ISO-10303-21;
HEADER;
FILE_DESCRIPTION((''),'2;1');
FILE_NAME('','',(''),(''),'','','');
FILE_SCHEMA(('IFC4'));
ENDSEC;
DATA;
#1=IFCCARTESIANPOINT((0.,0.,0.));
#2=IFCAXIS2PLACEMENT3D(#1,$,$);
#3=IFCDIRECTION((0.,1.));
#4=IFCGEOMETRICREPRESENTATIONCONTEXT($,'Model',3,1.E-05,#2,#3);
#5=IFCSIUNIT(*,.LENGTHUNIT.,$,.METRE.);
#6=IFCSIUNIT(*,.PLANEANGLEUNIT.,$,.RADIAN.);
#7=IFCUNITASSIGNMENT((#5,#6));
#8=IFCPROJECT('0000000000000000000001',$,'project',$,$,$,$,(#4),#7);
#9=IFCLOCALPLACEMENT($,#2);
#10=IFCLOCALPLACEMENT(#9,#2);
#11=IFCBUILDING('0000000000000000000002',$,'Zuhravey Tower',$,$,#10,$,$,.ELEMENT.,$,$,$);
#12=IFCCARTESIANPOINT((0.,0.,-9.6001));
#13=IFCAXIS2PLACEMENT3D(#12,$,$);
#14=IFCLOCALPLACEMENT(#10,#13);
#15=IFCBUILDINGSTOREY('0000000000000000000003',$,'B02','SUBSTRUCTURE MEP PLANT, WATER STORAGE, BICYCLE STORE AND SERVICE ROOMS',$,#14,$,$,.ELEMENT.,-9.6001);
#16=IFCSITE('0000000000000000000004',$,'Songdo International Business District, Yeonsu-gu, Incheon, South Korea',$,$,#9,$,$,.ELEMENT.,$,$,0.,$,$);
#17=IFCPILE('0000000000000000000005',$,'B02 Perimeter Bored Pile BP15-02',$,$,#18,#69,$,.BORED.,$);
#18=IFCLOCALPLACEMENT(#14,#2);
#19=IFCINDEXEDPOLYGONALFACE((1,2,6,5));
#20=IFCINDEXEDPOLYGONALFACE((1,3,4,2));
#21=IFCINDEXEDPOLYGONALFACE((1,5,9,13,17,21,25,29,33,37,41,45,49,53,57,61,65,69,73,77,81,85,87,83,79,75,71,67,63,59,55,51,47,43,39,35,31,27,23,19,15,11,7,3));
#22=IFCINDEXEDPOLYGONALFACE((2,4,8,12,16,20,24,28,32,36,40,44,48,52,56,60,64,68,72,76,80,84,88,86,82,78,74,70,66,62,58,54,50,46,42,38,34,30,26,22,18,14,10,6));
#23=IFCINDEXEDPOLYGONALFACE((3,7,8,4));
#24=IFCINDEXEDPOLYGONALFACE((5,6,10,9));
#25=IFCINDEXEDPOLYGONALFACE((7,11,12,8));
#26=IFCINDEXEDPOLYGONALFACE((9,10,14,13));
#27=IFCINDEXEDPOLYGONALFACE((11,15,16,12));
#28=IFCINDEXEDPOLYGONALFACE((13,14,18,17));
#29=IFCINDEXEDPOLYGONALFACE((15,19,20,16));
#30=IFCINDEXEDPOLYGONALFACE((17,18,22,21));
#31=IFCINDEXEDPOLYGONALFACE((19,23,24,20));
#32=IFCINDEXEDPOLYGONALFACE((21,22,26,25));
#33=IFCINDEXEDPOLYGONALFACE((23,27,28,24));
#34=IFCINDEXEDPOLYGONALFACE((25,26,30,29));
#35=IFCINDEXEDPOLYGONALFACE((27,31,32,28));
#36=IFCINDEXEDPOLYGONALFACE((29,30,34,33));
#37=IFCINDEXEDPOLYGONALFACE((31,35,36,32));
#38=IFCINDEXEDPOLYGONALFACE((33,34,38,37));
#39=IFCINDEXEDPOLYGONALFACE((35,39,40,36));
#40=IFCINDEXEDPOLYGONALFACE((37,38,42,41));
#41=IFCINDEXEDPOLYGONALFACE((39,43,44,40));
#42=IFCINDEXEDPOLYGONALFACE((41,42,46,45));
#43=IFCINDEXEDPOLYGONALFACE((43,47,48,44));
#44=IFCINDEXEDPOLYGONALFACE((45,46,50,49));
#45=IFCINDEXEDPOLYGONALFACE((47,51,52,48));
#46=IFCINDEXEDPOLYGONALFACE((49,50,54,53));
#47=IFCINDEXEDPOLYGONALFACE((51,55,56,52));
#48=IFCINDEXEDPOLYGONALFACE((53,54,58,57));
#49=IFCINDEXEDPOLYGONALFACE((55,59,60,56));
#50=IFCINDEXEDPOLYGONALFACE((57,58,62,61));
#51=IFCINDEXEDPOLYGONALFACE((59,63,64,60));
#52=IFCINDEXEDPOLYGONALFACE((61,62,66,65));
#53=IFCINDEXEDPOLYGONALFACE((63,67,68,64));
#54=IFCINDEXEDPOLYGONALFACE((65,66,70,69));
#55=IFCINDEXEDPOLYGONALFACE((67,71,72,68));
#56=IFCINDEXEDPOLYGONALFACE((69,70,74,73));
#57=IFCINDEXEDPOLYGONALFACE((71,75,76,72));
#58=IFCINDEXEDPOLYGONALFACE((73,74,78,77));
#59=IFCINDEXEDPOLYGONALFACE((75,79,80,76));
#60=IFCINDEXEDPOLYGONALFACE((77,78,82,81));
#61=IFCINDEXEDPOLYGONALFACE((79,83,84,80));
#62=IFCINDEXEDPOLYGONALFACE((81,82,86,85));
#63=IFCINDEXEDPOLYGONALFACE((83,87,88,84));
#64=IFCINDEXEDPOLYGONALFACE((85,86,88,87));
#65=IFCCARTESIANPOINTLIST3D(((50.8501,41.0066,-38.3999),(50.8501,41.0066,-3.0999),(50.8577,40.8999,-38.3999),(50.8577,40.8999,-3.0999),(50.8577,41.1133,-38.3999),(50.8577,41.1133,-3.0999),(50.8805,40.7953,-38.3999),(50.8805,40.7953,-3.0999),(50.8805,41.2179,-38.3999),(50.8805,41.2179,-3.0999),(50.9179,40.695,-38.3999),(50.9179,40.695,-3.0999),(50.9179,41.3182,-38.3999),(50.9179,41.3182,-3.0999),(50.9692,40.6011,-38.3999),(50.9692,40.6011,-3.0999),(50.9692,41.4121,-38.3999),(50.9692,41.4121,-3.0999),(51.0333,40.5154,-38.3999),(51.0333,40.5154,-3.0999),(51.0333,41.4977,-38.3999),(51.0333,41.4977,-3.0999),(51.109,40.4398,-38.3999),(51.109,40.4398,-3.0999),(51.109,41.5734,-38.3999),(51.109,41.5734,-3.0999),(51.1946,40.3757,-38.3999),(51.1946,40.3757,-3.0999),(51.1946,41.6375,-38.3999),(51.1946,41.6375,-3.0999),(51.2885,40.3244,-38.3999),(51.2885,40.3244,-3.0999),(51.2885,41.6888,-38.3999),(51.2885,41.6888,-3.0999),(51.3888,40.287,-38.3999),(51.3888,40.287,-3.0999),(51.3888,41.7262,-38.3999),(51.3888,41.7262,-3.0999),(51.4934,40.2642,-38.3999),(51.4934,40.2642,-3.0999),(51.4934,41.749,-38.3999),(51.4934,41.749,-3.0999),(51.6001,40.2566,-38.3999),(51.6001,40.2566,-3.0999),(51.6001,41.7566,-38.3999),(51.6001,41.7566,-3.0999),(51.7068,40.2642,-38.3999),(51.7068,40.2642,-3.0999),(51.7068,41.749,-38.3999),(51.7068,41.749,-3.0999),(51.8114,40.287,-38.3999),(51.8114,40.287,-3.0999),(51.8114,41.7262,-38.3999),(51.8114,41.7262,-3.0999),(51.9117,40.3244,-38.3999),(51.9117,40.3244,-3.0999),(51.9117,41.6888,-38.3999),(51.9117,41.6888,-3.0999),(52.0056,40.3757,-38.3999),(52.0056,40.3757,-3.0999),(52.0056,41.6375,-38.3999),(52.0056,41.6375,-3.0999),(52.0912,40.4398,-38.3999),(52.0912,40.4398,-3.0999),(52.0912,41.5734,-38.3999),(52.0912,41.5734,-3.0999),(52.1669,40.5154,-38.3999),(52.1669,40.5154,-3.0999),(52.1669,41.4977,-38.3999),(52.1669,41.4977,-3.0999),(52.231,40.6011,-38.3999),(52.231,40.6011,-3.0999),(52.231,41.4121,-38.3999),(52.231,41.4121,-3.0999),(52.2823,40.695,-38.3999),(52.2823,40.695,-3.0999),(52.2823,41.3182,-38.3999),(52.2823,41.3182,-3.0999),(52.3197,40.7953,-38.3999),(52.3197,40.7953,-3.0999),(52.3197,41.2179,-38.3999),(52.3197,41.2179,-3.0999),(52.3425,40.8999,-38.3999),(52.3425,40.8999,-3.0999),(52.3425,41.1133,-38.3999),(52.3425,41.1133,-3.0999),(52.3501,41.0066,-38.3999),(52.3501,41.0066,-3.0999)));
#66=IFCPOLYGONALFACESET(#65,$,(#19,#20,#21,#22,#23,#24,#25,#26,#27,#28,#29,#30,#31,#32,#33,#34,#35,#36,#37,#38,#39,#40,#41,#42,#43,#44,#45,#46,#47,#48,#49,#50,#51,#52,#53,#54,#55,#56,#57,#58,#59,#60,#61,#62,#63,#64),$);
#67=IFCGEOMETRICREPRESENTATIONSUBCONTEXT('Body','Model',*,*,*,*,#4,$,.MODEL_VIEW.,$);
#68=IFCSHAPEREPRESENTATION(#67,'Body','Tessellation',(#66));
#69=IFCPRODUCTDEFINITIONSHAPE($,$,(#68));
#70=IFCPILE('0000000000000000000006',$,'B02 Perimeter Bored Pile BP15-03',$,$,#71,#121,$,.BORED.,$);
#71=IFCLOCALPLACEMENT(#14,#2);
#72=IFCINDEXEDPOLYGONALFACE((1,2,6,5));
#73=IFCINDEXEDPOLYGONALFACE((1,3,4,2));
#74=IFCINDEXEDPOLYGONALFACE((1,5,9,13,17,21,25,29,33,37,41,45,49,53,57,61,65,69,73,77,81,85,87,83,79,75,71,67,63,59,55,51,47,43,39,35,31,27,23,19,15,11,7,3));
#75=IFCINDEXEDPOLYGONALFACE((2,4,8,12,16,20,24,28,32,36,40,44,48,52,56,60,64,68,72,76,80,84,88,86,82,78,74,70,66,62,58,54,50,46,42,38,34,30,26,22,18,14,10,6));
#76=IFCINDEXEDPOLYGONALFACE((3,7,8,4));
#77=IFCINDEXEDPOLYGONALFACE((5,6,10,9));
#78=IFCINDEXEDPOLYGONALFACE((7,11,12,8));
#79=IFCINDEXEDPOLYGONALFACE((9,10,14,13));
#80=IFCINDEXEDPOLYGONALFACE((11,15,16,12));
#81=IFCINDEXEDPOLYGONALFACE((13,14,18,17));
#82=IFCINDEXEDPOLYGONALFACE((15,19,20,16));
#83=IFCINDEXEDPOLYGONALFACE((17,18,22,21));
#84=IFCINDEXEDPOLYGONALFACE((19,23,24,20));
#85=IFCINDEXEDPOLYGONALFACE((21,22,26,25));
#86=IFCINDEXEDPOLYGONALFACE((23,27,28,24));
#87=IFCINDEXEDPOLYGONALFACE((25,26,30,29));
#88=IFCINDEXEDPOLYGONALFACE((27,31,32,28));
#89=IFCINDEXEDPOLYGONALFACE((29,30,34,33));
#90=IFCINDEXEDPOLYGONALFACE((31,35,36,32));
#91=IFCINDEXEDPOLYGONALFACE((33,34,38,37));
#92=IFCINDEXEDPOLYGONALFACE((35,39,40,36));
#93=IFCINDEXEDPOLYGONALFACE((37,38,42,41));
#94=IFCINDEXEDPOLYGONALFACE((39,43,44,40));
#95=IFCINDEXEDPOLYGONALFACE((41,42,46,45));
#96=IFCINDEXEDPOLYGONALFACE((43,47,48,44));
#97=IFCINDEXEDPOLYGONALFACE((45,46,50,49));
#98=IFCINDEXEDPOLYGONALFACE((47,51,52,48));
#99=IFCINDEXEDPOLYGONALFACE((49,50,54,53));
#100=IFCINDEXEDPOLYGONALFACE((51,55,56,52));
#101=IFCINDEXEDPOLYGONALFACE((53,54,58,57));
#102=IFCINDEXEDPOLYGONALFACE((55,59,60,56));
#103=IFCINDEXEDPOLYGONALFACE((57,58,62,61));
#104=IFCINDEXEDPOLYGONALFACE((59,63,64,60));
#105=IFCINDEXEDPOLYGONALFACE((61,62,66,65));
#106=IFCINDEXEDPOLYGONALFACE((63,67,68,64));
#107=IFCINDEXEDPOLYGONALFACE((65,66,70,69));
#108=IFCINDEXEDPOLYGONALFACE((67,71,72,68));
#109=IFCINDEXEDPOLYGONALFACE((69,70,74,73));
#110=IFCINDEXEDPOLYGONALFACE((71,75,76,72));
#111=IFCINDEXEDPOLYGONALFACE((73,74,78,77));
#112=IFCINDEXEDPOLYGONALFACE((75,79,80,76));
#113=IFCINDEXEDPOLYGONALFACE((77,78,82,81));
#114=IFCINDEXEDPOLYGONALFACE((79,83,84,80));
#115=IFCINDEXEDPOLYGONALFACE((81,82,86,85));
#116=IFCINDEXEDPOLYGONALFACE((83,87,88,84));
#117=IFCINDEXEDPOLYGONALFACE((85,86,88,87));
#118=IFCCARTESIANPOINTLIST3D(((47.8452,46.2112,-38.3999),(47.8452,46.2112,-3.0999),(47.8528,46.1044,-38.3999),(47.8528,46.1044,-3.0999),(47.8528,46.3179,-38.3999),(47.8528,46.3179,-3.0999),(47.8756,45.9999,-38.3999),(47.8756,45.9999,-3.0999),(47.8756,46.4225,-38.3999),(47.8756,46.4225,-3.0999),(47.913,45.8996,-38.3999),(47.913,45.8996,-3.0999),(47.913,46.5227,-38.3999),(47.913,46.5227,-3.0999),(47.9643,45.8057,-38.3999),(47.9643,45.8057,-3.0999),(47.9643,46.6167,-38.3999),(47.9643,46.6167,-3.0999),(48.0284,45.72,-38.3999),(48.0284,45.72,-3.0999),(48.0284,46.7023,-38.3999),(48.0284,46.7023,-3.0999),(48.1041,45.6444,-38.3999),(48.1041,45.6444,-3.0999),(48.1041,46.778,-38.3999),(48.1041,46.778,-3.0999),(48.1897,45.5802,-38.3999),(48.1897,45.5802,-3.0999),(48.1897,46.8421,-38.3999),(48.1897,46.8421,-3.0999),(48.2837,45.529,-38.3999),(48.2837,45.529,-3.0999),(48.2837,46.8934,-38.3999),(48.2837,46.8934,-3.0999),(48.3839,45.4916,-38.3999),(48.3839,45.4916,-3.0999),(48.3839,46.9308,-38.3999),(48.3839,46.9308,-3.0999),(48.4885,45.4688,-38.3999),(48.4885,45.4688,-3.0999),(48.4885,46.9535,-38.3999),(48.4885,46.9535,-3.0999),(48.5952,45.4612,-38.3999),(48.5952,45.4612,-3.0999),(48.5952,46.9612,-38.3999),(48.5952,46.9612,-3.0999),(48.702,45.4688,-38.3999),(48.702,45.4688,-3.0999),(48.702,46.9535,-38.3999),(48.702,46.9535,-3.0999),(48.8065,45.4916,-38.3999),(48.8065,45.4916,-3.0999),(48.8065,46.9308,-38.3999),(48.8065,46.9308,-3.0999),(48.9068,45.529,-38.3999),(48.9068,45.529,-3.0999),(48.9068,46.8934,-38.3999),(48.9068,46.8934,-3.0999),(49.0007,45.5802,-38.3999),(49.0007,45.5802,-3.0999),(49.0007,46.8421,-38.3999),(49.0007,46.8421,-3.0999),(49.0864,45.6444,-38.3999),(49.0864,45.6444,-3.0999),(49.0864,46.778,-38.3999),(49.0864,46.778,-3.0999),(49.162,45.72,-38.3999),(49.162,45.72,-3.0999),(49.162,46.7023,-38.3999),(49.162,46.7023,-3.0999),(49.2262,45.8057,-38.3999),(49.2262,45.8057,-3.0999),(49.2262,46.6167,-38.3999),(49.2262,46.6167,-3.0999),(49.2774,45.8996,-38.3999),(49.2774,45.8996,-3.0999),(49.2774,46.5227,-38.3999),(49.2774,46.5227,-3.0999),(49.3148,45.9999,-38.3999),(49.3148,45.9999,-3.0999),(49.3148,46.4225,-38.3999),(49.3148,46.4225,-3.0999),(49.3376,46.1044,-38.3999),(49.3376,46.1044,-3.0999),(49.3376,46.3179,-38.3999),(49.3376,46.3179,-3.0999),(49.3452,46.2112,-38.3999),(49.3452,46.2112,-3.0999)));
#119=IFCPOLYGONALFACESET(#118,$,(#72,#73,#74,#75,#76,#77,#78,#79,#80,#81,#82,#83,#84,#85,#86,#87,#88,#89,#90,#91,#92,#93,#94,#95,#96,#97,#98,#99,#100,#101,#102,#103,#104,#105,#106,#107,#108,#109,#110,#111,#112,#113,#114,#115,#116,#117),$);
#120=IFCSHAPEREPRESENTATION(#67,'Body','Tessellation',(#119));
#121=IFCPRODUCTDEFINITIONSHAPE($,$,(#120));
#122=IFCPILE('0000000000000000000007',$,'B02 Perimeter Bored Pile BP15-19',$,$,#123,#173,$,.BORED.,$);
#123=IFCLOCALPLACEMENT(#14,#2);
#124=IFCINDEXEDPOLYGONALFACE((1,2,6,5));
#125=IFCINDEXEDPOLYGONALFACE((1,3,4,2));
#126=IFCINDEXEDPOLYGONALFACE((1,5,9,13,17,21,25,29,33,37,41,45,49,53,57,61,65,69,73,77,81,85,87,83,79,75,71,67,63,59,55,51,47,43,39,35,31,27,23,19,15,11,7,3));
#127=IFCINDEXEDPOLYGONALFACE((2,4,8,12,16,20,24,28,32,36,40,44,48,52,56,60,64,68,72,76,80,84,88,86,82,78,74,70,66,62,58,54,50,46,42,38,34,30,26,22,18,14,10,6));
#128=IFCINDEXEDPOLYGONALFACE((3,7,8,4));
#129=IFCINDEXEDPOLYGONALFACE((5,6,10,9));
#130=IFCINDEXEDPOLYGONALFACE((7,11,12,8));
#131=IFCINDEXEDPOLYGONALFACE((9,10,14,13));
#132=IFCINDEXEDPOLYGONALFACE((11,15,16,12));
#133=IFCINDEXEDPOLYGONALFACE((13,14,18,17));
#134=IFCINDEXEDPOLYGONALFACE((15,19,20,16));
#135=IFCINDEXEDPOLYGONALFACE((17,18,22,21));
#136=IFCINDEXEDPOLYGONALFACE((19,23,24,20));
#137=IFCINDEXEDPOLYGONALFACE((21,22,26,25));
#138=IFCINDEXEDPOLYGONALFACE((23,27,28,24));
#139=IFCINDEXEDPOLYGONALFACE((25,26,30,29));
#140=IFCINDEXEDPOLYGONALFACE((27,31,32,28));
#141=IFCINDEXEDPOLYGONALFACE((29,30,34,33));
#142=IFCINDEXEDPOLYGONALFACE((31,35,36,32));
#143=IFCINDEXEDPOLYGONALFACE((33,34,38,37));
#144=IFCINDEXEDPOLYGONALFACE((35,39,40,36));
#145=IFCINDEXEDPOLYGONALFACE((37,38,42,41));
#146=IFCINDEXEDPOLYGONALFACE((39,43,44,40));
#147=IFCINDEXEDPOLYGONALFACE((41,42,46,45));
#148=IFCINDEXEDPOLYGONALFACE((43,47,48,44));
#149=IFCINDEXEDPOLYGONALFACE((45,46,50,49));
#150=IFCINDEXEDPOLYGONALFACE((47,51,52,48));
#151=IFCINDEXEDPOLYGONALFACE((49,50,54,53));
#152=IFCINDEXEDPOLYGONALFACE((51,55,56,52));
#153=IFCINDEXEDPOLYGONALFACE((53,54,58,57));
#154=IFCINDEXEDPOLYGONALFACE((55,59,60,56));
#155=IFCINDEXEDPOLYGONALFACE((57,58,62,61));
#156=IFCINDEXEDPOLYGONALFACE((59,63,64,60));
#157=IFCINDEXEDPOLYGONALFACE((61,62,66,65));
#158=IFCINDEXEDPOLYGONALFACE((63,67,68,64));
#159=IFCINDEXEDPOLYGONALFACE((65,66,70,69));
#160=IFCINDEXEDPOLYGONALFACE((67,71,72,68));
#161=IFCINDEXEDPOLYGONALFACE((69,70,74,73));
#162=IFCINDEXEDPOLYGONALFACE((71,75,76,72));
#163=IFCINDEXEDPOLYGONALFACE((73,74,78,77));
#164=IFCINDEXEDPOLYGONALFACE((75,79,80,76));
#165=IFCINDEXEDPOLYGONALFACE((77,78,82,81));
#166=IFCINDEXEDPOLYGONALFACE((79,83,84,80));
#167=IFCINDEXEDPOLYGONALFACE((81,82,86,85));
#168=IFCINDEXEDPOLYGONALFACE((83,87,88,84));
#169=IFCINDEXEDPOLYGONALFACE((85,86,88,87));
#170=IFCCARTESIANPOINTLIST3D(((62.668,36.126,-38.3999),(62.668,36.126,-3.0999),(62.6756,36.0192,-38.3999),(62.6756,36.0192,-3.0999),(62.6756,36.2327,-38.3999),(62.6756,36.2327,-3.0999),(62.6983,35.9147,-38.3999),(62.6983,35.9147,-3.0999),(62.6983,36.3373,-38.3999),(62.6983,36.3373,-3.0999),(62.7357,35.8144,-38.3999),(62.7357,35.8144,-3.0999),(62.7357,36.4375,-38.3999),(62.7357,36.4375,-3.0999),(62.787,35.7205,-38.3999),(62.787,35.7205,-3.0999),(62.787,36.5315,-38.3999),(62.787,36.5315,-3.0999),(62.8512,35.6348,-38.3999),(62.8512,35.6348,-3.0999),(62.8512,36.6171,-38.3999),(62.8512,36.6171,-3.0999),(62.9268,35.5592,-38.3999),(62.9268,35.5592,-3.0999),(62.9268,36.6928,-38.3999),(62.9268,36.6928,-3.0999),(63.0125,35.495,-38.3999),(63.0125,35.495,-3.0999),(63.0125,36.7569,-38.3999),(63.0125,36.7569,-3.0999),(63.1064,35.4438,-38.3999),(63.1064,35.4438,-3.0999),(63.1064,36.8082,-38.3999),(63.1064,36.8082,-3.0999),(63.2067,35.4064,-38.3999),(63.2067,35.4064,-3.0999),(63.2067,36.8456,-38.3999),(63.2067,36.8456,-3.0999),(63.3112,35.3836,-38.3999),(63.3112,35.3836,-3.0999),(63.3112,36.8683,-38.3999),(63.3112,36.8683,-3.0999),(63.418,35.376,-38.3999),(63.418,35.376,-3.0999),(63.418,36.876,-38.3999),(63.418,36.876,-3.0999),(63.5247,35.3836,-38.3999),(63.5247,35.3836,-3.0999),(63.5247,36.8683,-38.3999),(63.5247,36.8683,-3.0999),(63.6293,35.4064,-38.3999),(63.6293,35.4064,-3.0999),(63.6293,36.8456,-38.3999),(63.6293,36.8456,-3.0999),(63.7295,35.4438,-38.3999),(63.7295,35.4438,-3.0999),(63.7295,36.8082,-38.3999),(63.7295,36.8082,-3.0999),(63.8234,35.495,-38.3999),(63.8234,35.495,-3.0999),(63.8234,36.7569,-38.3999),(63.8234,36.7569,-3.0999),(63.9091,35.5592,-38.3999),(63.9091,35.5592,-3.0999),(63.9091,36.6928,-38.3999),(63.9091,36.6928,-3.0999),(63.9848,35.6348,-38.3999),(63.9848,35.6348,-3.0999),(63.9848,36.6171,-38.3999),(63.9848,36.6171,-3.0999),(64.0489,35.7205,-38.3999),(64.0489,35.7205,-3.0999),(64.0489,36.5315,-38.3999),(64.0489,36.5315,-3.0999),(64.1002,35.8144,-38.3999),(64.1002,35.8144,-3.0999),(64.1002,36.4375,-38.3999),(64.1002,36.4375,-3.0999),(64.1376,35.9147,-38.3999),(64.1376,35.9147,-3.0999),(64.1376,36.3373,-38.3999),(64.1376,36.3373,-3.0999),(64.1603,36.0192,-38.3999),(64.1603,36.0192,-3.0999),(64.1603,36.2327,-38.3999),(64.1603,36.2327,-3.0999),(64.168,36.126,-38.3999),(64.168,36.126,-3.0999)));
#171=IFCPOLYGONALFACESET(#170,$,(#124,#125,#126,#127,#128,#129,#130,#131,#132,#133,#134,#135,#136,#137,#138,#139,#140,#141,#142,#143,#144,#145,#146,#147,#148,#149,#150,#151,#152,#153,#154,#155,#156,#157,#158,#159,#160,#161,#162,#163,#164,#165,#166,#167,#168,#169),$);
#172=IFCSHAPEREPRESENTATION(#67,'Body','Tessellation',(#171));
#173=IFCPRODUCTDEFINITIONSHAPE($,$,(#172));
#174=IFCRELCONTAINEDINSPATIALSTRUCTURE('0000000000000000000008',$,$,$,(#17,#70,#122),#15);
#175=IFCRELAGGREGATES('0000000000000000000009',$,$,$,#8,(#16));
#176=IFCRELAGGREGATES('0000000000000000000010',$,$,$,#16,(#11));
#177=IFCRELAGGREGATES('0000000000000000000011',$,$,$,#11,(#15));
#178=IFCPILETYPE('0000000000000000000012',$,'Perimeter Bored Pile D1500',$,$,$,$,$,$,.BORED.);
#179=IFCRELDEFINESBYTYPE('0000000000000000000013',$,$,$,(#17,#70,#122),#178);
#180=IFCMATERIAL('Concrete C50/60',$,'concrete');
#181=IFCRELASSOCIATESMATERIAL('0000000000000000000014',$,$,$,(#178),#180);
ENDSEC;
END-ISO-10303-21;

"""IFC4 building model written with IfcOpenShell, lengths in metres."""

from ifc_helpers import new_model, si_unit, direction, frame, origin, origin_2d, place, context, subcontext, project, spatial, circle, extrude, material, material_profile, profile_set, type_object, element, save


model = new_model("IFC4")

# Units and contexts
model_context = context("Model", 3, precision=1e-05, world=origin(), true_north=direction((0.0, 1.0)))
body_context = subcontext(model_context, "Body", "Model", "MODEL_VIEW")
ifc_project = project(units=[si_unit("LENGTHUNIT", "METRE"), si_unit("PLANEANGLEUNIT", "RADIAN")], contexts=[model_context])

# Site, building, storey
site_placement = place(None, origin())
site = spatial("IfcSite", under=ifc_project, at=site_placement, Name="Songdo International Business District, Yeonsu-gu, Incheon, South Korea", CompositionType="ELEMENT", RefElevation=0.0)
building_placement = place(site_placement, origin())
building = spatial("IfcBuilding", under=site, at=building_placement, Name="Zuhravey Tower", CompositionType="ELEMENT")
storey_placement = place(building_placement, frame((0.0, 0.0, -9.6001)))
storey = spatial("IfcBuildingStorey", under=building, at=storey_placement, Name="B02", Description="SUBSTRUCTURE MEP PLANT, WATER STORAGE, BICYCLE STORE AND SERVICE ROOMS", CompositionType="ELEMENT", Elevation=-9.6001)

# Piles
ifc_material_1 = material(Name="Concrete C50/60", Category="concrete")
ifc_material_profile_1 = material_profile(ifc_material_1, circle(Radius=0.75, at=origin_2d()), Name="PILE-D1500")
ifc_profile_set_1 = profile_set([ifc_material_profile_1], Name="Concrete C50/60")
pile_type_1 = type_object("IfcPileType", Name="Perimeter Bored Pile D1500", PredefinedType="BORED", material=ifc_profile_set_1)
for number, where, z_axis, x_axis, name in (
    (1, (51.6001, 41.0066, -3.0999), (0.0, 0.0, -1.0), (1.0, 0.0, 0.0), "B02 Perimeter Bored Pile BP15-02"),
    (2, (48.5952, 46.2112, -3.0999), (0.0, 0.0, -1.0), (1.0, 0.0, 0.0), "B02 Perimeter Bored Pile BP15-03"),
    (3, (63.418, 36.126, -3.0999), (0.0, 0.0, -1.0), (1.0, 0.0, 0.0), "B02 Perimeter Bored Pile BP15-19"),
):
    element("IfcPile", number, at=place(storey_placement, frame(where, z_axis=z_axis, x_axis=x_axis)), inside=storey, type_object=pile_type_1, Name=name, PredefinedType="BORED", context=body_context, shape_type="SweptSolid", body=[
        extrude(circle(Radius=0.75, at=origin_2d()), origin(), (0.0, 0.0, 1.0), 35.3),
    ])

save(model, "model.ifc")
